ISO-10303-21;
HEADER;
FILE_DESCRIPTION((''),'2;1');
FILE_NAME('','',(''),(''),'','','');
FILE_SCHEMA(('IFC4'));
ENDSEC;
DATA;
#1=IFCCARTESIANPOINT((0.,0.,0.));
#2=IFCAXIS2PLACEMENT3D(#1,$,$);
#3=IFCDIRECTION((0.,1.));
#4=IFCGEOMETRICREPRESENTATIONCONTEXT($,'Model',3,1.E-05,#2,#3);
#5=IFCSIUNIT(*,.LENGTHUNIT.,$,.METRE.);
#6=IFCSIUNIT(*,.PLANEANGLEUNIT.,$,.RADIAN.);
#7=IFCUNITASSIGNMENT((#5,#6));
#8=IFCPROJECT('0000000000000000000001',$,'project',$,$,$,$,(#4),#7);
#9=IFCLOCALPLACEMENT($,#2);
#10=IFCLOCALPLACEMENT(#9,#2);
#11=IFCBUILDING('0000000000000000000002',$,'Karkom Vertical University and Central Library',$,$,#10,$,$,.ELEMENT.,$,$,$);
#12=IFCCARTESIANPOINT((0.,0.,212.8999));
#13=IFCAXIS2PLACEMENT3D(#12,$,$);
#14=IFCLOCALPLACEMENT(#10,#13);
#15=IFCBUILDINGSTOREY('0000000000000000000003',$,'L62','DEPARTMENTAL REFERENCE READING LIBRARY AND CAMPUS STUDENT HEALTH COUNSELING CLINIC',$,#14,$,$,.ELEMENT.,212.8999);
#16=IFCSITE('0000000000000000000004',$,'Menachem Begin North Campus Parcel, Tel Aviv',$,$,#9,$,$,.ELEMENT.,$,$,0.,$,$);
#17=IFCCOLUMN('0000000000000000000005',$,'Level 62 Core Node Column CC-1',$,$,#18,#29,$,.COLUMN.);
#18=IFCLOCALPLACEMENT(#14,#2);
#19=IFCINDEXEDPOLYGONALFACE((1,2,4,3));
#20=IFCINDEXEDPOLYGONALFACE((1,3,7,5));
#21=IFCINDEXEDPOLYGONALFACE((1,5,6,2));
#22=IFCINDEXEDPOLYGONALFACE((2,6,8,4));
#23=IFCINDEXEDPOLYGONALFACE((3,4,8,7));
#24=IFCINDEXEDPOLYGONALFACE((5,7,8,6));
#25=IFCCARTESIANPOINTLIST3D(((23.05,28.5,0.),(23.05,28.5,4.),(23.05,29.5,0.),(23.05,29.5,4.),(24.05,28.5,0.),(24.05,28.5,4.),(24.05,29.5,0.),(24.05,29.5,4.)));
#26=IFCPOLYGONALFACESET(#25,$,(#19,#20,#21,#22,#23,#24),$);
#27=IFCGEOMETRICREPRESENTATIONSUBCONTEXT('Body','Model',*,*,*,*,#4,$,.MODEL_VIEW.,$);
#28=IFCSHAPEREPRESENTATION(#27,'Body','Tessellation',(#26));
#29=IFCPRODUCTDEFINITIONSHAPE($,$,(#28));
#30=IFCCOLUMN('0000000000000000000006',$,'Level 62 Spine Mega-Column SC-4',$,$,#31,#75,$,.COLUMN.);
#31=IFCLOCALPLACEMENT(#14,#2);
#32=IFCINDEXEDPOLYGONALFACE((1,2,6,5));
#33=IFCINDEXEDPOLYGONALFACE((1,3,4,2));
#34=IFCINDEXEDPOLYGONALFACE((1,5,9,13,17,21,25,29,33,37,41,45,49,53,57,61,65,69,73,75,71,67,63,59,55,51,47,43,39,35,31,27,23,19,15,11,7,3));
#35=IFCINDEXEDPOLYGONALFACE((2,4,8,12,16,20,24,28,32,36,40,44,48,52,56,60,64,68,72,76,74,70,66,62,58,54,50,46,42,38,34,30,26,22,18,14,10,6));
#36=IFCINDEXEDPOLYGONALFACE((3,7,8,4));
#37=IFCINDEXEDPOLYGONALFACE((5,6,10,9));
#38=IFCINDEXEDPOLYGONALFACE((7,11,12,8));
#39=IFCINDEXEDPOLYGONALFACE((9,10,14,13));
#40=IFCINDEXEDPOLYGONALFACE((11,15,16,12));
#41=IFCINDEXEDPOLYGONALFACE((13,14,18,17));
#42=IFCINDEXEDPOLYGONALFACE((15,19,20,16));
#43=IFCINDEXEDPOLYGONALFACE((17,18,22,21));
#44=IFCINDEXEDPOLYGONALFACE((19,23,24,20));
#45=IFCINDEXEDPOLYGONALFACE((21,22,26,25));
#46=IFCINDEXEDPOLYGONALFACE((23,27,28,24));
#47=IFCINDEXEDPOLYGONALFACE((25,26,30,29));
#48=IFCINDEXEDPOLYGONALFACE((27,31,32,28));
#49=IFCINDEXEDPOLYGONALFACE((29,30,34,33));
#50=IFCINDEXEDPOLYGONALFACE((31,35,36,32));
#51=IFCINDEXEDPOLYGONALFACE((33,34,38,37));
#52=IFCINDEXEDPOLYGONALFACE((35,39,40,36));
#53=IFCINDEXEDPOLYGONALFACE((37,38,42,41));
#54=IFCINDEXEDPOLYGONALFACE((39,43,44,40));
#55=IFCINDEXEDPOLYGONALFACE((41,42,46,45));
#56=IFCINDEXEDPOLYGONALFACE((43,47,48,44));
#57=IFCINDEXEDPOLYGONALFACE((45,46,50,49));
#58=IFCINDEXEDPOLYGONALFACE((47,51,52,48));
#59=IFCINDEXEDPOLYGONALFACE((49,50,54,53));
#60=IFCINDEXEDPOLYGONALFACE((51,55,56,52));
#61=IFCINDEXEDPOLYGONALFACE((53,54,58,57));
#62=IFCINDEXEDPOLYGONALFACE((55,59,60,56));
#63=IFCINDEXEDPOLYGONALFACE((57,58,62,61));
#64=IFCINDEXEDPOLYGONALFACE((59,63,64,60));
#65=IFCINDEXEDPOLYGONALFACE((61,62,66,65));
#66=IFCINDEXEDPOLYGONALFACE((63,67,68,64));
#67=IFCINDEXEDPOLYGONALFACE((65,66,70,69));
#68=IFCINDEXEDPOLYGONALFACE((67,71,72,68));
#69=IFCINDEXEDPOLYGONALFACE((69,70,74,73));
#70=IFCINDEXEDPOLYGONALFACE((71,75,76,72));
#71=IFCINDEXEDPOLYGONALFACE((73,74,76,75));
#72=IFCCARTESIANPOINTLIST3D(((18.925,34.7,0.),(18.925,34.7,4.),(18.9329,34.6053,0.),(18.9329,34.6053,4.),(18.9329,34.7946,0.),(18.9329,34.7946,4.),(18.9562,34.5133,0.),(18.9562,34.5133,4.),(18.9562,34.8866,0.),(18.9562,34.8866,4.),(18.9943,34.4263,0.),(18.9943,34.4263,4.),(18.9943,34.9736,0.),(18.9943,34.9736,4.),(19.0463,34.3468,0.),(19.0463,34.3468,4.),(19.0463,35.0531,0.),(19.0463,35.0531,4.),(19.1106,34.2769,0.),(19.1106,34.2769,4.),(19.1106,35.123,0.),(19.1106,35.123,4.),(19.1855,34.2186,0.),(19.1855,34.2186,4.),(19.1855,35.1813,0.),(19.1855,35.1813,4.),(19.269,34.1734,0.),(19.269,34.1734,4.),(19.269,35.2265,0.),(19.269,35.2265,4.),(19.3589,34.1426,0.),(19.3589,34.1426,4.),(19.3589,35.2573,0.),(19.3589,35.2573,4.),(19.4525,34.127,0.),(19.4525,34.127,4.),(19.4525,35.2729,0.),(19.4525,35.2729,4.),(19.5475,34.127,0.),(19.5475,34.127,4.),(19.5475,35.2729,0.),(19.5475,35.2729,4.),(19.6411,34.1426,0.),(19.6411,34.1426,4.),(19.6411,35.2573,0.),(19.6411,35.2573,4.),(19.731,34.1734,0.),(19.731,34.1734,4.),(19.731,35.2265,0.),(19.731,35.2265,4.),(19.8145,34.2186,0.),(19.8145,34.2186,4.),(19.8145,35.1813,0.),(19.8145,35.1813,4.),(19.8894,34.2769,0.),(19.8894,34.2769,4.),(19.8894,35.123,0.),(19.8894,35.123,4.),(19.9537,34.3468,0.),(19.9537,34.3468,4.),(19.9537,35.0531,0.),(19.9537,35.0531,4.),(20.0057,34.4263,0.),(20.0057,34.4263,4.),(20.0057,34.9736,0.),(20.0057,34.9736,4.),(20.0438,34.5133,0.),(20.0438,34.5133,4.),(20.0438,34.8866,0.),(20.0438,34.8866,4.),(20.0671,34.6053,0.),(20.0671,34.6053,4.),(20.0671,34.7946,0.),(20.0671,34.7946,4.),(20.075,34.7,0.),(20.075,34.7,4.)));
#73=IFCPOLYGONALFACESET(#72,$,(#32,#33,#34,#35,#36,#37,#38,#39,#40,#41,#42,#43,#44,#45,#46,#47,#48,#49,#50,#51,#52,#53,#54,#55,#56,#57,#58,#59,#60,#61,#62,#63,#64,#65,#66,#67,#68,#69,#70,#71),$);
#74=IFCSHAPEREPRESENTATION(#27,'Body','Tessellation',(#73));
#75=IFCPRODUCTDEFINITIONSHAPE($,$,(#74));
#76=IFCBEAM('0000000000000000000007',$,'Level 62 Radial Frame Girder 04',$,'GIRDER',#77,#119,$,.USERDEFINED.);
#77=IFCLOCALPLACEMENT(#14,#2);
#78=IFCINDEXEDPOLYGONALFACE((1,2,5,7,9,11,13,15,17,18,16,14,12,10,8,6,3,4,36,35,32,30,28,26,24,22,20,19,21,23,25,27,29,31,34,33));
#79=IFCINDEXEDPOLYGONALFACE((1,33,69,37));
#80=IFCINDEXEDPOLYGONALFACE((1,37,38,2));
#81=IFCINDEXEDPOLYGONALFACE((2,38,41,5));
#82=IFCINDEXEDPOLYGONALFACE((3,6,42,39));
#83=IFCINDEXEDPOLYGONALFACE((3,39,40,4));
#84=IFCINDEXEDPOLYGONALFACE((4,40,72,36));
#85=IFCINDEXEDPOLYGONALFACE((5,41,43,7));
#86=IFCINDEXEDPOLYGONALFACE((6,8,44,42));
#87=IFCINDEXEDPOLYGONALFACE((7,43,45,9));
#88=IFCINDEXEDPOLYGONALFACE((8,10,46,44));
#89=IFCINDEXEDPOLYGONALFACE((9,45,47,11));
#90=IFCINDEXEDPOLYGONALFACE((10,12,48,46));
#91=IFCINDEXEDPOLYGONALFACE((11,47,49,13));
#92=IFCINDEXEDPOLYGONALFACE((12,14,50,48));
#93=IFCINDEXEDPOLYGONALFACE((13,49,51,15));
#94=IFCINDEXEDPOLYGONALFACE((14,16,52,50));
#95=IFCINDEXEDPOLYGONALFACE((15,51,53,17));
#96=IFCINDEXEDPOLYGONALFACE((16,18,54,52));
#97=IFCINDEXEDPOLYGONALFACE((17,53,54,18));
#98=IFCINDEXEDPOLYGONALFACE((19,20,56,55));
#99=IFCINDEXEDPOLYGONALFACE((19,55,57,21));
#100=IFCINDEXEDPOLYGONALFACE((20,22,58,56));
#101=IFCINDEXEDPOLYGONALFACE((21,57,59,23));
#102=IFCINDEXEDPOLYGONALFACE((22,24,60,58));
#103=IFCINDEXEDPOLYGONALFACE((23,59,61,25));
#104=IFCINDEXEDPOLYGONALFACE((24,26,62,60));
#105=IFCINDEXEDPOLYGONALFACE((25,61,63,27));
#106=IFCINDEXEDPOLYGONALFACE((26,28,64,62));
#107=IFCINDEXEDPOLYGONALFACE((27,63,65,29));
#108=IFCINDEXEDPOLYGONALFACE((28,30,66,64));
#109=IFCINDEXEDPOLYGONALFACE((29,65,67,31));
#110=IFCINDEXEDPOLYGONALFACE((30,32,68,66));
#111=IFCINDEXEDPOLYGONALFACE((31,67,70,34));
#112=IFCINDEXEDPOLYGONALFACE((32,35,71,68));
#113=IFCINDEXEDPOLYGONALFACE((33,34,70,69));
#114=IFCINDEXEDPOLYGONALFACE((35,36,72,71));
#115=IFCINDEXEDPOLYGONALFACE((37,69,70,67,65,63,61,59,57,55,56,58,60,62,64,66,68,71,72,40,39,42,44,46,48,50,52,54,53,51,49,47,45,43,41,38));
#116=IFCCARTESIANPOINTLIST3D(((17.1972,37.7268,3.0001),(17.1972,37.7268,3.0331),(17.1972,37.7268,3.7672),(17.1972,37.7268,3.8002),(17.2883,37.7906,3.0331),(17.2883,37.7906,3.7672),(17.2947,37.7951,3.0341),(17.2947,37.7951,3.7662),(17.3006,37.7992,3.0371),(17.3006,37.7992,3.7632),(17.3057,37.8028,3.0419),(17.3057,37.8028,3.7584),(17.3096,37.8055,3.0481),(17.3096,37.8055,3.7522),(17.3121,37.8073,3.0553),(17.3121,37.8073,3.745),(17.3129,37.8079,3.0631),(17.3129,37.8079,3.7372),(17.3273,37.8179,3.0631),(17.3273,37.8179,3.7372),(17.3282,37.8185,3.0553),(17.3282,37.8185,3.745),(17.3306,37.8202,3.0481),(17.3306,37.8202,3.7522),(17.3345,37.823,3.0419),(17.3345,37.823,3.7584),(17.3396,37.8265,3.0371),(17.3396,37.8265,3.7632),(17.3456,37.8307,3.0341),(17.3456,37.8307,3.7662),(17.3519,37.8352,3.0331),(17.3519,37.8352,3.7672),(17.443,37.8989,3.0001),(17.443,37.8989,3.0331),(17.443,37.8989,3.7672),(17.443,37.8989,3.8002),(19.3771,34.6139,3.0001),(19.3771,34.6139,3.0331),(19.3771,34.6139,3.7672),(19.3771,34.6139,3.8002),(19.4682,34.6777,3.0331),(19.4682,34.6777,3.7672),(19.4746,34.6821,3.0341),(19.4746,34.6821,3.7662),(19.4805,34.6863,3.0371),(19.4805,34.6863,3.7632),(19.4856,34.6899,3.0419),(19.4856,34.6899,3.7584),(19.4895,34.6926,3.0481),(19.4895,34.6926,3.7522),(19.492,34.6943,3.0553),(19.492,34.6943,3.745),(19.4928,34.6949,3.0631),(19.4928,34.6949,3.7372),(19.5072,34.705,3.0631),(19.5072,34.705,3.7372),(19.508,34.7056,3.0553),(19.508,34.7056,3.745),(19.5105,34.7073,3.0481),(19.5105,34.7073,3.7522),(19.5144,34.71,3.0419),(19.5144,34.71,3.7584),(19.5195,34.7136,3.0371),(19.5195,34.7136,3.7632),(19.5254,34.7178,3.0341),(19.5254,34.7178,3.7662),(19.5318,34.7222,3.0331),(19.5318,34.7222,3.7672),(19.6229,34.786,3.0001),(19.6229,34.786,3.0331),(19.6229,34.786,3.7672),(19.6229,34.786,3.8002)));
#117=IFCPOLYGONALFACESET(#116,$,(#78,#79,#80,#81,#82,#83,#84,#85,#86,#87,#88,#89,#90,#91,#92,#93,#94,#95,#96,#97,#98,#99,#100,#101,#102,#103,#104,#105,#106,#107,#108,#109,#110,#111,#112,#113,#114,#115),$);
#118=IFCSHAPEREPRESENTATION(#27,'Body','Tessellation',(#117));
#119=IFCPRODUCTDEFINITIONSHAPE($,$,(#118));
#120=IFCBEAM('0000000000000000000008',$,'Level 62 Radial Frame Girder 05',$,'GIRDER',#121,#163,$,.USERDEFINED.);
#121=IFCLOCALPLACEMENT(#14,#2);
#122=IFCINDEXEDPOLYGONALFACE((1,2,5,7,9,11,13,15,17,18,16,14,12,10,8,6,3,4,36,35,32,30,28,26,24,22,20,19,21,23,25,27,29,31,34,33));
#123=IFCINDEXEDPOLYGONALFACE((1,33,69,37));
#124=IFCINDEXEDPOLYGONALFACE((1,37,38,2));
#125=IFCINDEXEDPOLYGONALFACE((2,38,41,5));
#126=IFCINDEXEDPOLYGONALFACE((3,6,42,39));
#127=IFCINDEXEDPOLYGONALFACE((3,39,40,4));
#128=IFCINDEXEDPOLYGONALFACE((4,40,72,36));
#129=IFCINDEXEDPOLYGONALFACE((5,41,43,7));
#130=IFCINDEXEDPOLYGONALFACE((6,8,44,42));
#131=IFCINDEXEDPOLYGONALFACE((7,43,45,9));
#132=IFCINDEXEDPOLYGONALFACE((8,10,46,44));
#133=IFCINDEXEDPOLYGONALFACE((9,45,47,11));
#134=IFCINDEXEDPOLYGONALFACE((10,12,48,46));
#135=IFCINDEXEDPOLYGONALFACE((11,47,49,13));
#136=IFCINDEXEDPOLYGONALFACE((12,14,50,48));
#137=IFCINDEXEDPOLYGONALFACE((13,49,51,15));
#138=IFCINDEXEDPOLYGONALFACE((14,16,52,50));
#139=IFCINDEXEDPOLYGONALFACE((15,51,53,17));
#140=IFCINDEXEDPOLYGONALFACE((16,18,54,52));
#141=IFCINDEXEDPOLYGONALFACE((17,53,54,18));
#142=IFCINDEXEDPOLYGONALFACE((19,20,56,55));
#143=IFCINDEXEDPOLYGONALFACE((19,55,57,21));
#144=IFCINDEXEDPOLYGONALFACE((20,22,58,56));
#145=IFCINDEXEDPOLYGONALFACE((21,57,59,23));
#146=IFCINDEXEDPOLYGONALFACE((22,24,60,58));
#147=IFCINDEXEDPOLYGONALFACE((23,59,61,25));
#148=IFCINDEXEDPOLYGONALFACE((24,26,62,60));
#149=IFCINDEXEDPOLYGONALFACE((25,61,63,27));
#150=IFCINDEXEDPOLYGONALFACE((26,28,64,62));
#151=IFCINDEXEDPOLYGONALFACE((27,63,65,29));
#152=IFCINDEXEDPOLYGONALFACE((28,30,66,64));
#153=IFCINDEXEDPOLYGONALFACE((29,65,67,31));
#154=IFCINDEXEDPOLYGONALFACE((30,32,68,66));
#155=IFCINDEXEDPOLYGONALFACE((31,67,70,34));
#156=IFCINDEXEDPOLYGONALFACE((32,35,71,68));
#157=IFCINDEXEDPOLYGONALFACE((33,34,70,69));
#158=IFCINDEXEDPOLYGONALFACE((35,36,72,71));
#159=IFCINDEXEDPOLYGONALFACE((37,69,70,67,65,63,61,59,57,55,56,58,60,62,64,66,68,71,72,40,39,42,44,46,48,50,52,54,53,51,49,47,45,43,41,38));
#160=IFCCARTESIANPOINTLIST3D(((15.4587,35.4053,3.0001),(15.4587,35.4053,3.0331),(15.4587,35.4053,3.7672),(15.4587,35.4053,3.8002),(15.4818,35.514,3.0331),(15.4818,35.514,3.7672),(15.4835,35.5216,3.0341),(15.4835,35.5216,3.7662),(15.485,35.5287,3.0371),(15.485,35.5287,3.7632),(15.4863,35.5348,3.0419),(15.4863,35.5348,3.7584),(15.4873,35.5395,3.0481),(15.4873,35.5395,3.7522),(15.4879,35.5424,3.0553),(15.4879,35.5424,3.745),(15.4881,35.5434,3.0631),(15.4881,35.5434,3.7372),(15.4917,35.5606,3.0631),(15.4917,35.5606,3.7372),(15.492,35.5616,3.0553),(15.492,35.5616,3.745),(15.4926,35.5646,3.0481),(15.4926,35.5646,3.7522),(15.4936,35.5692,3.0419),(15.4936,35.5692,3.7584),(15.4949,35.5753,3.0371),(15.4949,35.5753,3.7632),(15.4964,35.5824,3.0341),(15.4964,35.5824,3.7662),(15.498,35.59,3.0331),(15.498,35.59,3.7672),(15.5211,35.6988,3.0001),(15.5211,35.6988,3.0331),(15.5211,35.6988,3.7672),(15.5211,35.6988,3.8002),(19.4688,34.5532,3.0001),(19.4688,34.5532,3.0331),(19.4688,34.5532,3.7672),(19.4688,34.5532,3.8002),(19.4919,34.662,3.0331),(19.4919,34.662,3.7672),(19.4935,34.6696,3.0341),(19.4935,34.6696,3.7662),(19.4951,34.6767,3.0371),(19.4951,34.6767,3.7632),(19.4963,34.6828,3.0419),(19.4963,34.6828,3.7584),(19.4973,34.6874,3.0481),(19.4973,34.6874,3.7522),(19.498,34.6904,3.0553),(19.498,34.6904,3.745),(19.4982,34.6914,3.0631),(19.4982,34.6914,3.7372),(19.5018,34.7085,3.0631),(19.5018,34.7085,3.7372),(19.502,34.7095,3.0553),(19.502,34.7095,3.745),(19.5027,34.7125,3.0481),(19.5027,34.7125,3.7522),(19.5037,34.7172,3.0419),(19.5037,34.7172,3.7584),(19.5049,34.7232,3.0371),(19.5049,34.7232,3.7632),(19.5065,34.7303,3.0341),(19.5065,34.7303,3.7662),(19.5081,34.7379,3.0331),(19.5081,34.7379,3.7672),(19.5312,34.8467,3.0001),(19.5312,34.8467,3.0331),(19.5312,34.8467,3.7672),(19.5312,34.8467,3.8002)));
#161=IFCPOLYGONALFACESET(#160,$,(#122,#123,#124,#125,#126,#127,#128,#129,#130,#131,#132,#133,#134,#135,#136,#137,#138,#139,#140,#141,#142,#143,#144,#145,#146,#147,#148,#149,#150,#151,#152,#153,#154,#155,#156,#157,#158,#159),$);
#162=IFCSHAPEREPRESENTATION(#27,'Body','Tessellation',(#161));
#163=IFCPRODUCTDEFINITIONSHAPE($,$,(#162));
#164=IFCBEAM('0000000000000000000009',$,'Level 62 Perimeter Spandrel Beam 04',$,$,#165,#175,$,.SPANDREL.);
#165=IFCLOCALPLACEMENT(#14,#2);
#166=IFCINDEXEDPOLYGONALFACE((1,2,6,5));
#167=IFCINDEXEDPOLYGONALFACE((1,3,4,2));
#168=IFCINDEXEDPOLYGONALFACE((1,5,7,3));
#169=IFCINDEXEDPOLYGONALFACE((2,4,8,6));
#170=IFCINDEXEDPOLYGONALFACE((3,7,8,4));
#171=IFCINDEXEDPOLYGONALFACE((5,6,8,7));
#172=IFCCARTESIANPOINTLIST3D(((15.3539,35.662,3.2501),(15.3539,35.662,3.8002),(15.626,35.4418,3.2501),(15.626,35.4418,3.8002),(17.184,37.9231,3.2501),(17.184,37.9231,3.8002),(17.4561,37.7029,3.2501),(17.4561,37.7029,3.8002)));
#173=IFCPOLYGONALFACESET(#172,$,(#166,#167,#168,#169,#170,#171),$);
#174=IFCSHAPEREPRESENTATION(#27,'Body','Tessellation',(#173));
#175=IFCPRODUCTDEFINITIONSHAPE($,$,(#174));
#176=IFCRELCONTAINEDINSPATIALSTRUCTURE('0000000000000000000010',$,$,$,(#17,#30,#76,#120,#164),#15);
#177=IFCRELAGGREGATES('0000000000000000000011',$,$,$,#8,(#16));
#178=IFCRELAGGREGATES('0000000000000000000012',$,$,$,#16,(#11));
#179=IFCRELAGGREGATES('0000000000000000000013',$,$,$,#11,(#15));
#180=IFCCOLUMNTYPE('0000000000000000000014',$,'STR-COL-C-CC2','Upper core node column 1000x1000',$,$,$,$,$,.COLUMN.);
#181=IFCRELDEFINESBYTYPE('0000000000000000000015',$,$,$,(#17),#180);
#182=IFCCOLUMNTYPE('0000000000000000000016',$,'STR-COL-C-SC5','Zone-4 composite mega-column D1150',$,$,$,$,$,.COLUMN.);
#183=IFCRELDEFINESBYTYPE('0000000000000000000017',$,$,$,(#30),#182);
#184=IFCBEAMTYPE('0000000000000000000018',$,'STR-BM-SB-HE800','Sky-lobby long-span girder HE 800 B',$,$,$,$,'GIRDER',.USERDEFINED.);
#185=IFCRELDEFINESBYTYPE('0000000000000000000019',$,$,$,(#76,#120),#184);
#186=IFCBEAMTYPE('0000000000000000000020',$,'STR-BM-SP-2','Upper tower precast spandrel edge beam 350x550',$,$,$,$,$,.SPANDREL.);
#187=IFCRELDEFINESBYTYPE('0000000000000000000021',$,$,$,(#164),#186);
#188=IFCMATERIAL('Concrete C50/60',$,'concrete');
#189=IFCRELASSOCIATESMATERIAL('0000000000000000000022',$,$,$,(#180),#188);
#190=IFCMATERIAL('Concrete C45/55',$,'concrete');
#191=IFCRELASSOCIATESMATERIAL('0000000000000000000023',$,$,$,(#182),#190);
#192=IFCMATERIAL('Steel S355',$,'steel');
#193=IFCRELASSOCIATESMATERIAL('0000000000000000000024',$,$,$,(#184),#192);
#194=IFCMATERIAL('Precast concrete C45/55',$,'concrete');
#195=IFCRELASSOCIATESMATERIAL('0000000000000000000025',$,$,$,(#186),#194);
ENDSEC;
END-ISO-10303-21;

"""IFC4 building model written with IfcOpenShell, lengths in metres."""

from ifc_helpers import new_model, si_unit, direction, frame, origin, origin_with_axes, origin_2d, place, context, subcontext, project, spatial, rectangle, circle, i_section, extrude, source, transform, mapped, material, material_profile, profile_set, type_object, element, save


model = new_model("IFC4")

# Units and contexts
model_context = context("Model", 3, precision=1e-05, world=origin(), true_north=direction((0.0, 1.0)))
body_context = subcontext(model_context, "Body", "Model", "MODEL_VIEW")
ifc_project = project(units=[si_unit("LENGTHUNIT", "METRE"), si_unit("PLANEANGLEUNIT", "RADIAN")], contexts=[model_context])

# Site, building, storey
site_placement = place(None, origin())
site = spatial("IfcSite", under=ifc_project, at=site_placement, Name="Menachem Begin North Campus Parcel, Tel Aviv", CompositionType="ELEMENT", RefElevation=0.0)
building_placement = place(site_placement, origin())
building = spatial("IfcBuilding", under=site, at=building_placement, Name="Karkom Vertical University and Central Library", CompositionType="ELEMENT")
storey_placement = place(building_placement, frame((0.0, 0.0, 212.8999)))
storey = spatial("IfcBuildingStorey", under=building, at=storey_placement, Name="L62", Description="DEPARTMENTAL REFERENCE READING LIBRARY AND CAMPUS STUDENT HEALTH COUNSELING CLINIC", CompositionType="ELEMENT", Elevation=212.8999)

# Columns
ifc_material_1 = material(Name="Concrete C50/60", Category="concrete")
ifc_material_profile_1 = material_profile(ifc_material_1, rectangle(XDim=1.0, YDim=1.0, at=origin_2d()), Name="RC-1000x1000")
ifc_profile_set_1 = profile_set([ifc_material_profile_1], Name="Concrete C50/60")
column_type_1 = type_object("IfcColumnType", Name="STR-COL-C-CC2", Description="Upper core node column 1000x1000", PredefinedType="COLUMN", material=ifc_profile_set_1)
shared_shape_1 = source(origin_with_axes(), body_context, "Body", "SweptSolid", [
    extrude(rectangle(XDim=1.0, YDim=1.0, at=origin_2d()), origin(), (0.0, 0.0, 1.0), 4.0),
])
column_1_placement = place(storey_placement, frame((23.55, 29.0, 0.0), z_axis=(0.0, 0.0, 1.0), x_axis=(1.0, 0.0, 0.0)))
element("IfcColumn", 1, at=column_1_placement, inside=storey, type_object=column_type_1, Name="Level 62 Core Node Column CC-1", PredefinedType="COLUMN", context=body_context, shape_type="MappedRepresentation", body=[
    mapped(shared_shape_1, transform((0.0, 0.0, 0.0), scale=1.0)),
])
ifc_material_2 = material(Name="Concrete C45/55", Category="concrete")
ifc_material_profile_2 = material_profile(ifc_material_2, circle(Radius=0.575, at=origin_2d()), Name="CFT-D1150")
ifc_profile_set_2 = profile_set([ifc_material_profile_2], Name="Concrete C45/55")
column_type_2 = type_object("IfcColumnType", Name="STR-COL-C-SC5", Description="Zone-4 composite mega-column D1150", PredefinedType="COLUMN", material=ifc_profile_set_2)
shared_shape_2 = source(origin_with_axes(), body_context, "Body", "SweptSolid", [
    extrude(circle(Radius=0.575, at=origin_2d()), origin(), (0.0, 0.0, 1.0), 4.0),
])
column_2_placement = place(storey_placement, frame((19.5, 34.7, 0.0), z_axis=(0.0, 0.0, 1.0), x_axis=(1.0, 0.0, 0.0)))
element("IfcColumn", 2, at=column_2_placement, inside=storey, type_object=column_type_2, Name="Level 62 Spine Mega-Column SC-4", PredefinedType="COLUMN", context=body_context, shape_type="MappedRepresentation", body=[
    mapped(shared_shape_2, transform((0.0, 0.0, 0.0), scale=1.0)),
])

# Beams
ifc_material_3 = material(Name="Steel S355", Category="steel")
ifc_material_profile_3 = material_profile(ifc_material_3, i_section(OverallWidth=0.3, OverallDepth=0.8, WebThickness=0.0176, FlangeThickness=0.033, FilletRadius=0.03, at=origin_2d()), Name="HE 800 B")
ifc_profile_set_3 = profile_set([ifc_material_profile_3], Name="Steel S355")
beam_type_1 = type_object("IfcBeamType", Name="STR-BM-SB-HE800", Description="Sky-lobby long-span girder HE 800 B", ElementType="GIRDER", PredefinedType="USERDEFINED", material=ifc_profile_set_3)
shared_shape_3 = source(origin_with_axes(), body_context, "Body", "SweptSolid", [
    extrude(i_section(OverallWidth=0.3, OverallDepth=0.8, WebThickness=0.0176, FlangeThickness=0.033, FilletRadius=0.03, at=origin_2d()), origin(), (0.0, 0.0, 1.0), 3.8003),
])
beam_1_placement = place(storey_placement, frame((19.5, 34.7, 3.4001), z_axis=(-0.573605, 0.819132, 0.0), x_axis=(-0.819132, -0.573605, 0.0)))
element("IfcBeam", 3, at=beam_1_placement, inside=storey, type_object=beam_type_1, Name="Level 62 Radial Frame Girder 04", ObjectType="GIRDER", PredefinedType="USERDEFINED", context=body_context, shape_type="MappedRepresentation", body=[
    mapped(shared_shape_3, transform((0.0, 0.0, 0.0), scale=1.0)),
])
shared_shape_4 = source(origin_with_axes(), body_context, "Body", "SweptSolid", [
    extrude(i_section(OverallWidth=0.3, OverallDepth=0.8, WebThickness=0.0176, FlangeThickness=0.033, FilletRadius=0.03, at=origin_2d()), origin(), (0.0, 0.0, 1.0), 4.0996),
])
beam_2_placement = place(storey_placement, frame((19.5, 34.7, 3.4001), z_axis=(-0.978163, 0.207841, 0.0), x_axis=(-0.207841, -0.978163, 0.0)))
element("IfcBeam", 4, at=beam_2_placement, inside=storey, type_object=beam_type_1, Name="Level 62 Radial Frame Girder 05", ObjectType="GIRDER", PredefinedType="USERDEFINED", context=body_context, shape_type="MappedRepresentation", body=[
    mapped(shared_shape_4, transform((0.0, 0.0, 0.0), scale=1.0)),
])
ifc_material_4 = material(Name="Precast concrete C45/55", Category="concrete")
ifc_material_profile_4 = material_profile(ifc_material_4, rectangle(XDim=0.3501, YDim=0.55, at=origin_2d()), Name="SPB-350x550")
ifc_profile_set_4 = profile_set([ifc_material_profile_4], Name="Precast concrete C45/55")
beam_type_2 = type_object("IfcBeamType", Name="STR-BM-SP-2", Description="Upper tower precast spandrel edge beam 350x550", PredefinedType="SPANDREL", material=ifc_profile_set_4)
shared_shape_5 = source(origin_with_axes(), body_context, "Body", "SweptSolid", [
    extrude(rectangle(XDim=0.3501, YDim=0.55, at=origin_2d()), origin(), (0.0, 0.0, 1.0), 2.9089),
])
beam_3_placement = place(storey_placement, frame((17.3201, 37.813, 3.5251), z_axis=(-0.629148, -0.777286, 0.0), x_axis=(0.777286, -0.629148, 0.0)))
element("IfcBeam", 5, at=beam_3_placement, inside=storey, type_object=beam_type_2, Name="Level 62 Perimeter Spandrel Beam 04", PredefinedType="SPANDREL", context=body_context, shape_type="MappedRepresentation", body=[
    mapped(shared_shape_5, transform((0.0, 0.0, 0.0), scale=1.0)),
])

save(model, "model.ifc")
